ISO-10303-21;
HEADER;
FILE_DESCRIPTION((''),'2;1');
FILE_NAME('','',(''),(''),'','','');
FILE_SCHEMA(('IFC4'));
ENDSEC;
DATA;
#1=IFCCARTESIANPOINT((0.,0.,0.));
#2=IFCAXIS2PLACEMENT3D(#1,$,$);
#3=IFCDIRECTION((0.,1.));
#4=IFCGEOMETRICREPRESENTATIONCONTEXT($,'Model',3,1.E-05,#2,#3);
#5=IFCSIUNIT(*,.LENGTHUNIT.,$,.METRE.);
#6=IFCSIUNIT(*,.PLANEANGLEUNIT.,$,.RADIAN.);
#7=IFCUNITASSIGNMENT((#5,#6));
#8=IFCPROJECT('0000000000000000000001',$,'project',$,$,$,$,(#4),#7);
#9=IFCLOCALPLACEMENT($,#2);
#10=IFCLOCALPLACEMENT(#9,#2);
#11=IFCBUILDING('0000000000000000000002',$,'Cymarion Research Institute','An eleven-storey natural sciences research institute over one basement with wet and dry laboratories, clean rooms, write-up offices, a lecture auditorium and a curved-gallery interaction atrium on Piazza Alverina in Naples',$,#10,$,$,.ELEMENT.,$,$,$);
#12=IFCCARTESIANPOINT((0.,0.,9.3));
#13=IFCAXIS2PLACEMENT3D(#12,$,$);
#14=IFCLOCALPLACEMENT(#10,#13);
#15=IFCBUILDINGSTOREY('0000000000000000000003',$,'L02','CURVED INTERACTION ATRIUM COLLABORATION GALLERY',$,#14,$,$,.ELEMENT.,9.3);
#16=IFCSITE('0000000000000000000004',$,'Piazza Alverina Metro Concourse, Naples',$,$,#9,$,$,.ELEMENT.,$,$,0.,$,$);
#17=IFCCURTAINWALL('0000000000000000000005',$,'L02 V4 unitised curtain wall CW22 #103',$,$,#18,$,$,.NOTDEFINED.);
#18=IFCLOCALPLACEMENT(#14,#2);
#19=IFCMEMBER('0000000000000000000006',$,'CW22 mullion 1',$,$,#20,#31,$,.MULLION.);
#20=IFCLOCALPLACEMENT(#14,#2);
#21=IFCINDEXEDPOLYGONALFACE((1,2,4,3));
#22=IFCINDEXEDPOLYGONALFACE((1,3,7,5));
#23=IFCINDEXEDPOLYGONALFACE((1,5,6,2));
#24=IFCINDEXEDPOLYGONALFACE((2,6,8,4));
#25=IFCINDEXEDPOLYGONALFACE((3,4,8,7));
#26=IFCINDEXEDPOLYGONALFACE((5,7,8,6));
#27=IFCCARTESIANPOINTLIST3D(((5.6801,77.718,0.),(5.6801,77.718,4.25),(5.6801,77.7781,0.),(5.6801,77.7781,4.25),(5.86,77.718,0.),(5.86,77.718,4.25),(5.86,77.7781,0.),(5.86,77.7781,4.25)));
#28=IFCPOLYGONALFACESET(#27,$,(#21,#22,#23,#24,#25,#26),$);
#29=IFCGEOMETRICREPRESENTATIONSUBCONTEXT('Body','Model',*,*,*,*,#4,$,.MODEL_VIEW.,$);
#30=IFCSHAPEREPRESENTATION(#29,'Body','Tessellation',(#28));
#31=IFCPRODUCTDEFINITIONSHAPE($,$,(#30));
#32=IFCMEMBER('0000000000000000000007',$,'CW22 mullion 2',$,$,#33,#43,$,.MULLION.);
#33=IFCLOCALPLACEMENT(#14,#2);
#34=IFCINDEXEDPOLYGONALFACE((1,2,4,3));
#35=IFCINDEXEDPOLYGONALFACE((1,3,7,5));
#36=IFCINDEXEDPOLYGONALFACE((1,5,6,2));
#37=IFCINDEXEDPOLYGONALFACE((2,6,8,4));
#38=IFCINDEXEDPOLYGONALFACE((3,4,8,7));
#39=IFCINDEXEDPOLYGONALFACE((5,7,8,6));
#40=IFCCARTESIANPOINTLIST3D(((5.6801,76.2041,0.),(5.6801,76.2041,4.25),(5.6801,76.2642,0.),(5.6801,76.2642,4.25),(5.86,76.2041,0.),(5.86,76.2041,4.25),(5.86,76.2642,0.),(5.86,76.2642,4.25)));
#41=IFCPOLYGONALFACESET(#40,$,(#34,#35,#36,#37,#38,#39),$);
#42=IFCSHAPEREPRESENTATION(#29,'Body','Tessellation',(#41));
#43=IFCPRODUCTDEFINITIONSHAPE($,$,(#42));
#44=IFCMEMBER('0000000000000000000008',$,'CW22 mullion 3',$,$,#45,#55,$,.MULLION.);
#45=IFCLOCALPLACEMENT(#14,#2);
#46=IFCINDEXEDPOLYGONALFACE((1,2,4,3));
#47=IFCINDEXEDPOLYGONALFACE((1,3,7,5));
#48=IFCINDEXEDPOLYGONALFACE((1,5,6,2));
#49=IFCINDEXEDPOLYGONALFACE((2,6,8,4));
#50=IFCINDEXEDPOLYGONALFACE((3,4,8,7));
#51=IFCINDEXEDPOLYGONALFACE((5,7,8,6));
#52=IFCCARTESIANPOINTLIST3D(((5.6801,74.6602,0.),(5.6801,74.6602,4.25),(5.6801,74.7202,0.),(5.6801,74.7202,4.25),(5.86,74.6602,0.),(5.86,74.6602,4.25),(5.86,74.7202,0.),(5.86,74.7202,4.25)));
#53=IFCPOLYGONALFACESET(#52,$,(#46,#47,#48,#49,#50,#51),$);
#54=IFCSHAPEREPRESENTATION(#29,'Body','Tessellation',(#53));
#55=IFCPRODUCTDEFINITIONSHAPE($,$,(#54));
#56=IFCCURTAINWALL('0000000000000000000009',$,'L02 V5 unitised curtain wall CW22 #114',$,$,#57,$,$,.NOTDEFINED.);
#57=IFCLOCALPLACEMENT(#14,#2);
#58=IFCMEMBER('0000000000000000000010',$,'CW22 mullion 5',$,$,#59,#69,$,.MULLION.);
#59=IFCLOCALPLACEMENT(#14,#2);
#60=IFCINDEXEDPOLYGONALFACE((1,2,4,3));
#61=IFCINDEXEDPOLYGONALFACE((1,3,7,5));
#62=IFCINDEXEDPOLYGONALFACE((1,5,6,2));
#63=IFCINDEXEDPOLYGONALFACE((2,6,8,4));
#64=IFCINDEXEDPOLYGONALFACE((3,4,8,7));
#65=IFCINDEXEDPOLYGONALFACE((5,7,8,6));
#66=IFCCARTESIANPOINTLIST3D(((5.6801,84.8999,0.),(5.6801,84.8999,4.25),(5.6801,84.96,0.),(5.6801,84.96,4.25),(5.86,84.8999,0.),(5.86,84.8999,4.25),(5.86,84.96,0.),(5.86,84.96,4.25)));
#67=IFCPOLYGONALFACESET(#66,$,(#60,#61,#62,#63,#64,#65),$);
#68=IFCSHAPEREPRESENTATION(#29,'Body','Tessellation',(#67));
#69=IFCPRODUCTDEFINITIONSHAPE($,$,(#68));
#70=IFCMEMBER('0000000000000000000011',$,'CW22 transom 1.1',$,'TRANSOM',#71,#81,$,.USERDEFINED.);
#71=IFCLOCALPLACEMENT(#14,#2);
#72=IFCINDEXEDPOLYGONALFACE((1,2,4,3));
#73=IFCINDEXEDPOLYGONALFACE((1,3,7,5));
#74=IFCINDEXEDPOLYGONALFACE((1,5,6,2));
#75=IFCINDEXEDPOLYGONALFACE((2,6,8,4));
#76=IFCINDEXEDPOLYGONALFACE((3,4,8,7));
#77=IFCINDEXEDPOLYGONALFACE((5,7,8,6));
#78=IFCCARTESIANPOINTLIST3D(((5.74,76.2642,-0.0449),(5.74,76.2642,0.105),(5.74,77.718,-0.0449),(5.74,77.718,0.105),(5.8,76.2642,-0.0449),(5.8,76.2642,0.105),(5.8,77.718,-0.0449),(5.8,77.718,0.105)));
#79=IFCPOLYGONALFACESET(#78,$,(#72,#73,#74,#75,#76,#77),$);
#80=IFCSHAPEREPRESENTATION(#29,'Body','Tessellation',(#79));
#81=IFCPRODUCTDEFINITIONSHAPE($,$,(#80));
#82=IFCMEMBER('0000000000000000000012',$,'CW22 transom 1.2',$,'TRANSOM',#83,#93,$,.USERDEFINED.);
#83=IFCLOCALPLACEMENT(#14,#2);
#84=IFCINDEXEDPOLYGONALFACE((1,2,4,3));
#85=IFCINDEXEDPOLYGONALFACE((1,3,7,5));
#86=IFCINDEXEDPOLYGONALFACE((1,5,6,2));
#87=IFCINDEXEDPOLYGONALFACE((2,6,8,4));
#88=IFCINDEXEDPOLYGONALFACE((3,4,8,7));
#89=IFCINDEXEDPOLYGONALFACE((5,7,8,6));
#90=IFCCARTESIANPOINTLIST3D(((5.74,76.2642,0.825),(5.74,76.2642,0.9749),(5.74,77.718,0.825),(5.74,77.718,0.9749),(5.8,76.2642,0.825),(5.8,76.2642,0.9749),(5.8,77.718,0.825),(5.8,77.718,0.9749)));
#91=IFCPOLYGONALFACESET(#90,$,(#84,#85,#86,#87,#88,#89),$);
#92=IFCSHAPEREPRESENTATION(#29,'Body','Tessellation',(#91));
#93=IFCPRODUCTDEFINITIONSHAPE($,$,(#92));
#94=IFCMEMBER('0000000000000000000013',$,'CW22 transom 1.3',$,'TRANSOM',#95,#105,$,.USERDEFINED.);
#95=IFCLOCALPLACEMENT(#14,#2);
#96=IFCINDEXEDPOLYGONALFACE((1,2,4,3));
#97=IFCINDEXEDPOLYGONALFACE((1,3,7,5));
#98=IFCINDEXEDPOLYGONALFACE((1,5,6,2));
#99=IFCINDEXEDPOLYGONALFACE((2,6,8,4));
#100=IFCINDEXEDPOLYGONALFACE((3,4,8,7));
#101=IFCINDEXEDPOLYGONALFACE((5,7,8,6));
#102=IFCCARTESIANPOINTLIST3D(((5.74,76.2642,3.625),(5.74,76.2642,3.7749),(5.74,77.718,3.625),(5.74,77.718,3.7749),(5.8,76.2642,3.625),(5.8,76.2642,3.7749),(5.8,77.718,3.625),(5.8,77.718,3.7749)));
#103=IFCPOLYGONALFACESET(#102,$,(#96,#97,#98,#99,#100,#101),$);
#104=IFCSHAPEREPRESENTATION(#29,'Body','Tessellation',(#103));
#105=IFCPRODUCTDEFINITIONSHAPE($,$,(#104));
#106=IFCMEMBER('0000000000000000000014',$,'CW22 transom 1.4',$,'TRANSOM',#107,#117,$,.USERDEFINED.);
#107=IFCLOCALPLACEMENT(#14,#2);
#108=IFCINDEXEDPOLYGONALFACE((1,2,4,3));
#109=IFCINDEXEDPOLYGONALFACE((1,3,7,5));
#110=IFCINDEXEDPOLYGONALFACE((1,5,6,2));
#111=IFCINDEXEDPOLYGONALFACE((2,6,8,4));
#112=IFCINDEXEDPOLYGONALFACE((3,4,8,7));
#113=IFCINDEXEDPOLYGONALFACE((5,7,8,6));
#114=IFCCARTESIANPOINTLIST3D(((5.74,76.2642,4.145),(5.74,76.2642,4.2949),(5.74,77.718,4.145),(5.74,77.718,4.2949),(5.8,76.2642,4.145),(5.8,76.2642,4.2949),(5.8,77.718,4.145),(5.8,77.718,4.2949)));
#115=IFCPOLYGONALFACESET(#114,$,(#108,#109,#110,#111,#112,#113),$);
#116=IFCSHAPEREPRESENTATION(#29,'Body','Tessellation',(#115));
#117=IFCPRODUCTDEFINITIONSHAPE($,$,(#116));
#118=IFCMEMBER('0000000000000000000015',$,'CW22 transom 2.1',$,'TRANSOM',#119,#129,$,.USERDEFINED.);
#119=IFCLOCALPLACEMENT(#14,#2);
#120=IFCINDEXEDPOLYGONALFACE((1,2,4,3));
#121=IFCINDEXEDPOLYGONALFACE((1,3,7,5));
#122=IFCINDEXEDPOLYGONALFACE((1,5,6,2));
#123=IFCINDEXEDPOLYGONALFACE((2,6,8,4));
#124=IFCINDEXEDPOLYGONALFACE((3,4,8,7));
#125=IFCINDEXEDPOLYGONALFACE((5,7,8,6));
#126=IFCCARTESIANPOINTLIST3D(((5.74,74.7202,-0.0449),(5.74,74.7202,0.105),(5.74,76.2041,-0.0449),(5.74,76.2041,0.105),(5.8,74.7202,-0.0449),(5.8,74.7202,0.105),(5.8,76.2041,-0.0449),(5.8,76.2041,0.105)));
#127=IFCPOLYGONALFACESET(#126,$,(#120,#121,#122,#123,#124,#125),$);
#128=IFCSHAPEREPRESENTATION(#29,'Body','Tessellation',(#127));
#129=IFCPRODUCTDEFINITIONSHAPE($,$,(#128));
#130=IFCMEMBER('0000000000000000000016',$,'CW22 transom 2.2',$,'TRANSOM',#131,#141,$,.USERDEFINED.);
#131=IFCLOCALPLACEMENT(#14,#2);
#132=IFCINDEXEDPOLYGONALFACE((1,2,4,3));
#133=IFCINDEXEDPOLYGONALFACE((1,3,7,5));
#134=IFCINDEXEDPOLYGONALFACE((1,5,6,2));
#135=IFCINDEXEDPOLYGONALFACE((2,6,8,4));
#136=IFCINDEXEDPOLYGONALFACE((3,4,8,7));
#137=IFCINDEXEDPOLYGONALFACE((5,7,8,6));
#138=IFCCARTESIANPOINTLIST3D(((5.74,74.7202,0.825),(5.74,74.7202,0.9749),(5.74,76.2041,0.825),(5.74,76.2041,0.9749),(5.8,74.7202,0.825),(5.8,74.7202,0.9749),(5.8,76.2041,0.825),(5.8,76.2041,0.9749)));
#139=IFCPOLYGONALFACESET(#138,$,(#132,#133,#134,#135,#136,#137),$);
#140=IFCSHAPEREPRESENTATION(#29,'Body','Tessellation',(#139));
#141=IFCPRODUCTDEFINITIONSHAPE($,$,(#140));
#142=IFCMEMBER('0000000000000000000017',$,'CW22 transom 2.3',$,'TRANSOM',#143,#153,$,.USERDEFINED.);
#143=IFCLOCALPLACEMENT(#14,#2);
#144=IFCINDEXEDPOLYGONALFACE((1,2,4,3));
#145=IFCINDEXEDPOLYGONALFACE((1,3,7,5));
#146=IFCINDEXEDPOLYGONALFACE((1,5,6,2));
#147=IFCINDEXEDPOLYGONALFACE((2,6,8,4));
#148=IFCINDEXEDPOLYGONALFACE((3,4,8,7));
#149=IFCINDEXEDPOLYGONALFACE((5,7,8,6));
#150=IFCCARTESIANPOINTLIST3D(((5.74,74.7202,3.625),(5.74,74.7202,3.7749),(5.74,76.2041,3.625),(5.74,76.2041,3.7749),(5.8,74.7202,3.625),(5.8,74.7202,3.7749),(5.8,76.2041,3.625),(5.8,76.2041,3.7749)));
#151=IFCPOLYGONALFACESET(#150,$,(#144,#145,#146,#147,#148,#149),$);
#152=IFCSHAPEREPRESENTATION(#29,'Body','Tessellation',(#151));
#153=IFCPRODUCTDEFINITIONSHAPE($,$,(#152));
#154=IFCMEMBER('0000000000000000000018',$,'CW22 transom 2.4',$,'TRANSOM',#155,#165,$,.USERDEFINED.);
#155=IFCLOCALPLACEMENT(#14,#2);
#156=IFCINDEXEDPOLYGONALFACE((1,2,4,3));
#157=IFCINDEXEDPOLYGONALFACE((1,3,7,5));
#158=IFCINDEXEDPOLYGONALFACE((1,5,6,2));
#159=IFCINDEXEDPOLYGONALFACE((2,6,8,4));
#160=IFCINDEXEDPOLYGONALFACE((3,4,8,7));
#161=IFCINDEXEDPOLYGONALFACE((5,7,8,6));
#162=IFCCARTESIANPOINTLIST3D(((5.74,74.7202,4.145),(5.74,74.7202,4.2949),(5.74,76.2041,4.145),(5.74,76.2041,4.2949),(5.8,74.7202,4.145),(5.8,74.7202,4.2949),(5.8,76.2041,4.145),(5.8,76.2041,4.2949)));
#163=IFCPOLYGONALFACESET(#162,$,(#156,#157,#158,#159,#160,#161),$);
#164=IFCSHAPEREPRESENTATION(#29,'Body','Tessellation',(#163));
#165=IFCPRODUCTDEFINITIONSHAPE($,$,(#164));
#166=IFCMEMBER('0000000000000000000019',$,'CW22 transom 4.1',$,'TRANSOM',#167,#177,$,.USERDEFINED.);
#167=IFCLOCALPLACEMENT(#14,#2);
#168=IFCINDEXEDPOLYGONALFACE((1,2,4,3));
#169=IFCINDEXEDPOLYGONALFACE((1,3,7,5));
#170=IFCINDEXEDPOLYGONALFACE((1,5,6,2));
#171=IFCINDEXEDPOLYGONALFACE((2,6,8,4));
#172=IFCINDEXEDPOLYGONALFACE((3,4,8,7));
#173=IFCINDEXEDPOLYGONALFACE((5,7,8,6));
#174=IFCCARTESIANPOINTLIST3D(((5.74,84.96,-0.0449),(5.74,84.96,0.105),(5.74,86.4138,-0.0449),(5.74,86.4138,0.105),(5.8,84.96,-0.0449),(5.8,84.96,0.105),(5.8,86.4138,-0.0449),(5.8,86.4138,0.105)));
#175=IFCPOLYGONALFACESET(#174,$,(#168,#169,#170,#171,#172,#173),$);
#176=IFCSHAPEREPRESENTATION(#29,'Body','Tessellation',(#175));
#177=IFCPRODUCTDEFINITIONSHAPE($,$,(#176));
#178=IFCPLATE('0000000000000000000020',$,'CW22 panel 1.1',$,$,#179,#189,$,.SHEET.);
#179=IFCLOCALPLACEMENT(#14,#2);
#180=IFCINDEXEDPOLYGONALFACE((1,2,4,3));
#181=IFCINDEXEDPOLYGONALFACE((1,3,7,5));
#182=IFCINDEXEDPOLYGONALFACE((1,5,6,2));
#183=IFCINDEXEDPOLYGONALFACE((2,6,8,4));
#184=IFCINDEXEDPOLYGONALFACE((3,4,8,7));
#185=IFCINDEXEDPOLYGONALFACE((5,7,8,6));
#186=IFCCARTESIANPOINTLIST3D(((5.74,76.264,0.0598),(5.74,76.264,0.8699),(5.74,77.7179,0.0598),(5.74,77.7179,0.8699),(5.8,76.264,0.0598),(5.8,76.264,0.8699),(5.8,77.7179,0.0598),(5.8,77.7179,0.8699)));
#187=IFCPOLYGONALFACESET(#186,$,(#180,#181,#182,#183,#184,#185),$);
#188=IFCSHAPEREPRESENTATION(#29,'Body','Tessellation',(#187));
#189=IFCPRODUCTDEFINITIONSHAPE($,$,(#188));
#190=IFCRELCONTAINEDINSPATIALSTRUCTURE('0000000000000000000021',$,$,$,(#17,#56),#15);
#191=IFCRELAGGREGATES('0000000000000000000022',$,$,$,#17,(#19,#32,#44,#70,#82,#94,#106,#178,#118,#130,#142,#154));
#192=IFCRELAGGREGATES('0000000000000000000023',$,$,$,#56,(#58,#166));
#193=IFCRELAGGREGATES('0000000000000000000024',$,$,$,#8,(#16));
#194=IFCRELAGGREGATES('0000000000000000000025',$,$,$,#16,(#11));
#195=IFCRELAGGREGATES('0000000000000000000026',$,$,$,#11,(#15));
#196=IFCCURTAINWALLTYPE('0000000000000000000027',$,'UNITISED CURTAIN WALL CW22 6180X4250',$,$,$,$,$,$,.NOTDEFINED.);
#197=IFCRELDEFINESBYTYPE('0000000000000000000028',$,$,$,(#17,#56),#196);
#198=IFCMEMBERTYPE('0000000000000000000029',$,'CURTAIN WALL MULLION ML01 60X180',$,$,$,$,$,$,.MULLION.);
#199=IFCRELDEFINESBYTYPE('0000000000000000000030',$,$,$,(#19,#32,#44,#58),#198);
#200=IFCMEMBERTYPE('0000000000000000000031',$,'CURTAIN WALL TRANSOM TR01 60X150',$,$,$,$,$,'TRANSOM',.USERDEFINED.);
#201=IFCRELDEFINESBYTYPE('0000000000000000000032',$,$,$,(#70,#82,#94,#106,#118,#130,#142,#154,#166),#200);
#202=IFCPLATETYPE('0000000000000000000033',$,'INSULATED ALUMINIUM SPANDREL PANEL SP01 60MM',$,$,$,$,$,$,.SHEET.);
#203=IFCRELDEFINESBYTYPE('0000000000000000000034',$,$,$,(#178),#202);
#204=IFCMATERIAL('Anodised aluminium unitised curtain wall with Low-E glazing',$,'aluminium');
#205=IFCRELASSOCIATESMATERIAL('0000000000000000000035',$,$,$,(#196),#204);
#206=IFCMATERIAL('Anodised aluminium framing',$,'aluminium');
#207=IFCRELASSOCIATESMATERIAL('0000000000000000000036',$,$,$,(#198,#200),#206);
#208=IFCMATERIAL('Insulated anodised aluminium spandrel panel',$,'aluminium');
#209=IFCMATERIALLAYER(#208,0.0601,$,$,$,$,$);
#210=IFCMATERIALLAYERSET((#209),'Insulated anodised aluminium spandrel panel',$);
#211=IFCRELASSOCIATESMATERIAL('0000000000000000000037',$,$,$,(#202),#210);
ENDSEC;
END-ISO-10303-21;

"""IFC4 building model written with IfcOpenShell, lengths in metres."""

from ifc_helpers import new_model, si_unit, direction, frame, origin, origin_2d, place, context, subcontext, project, spatial, rectangle, extrude, material, layer, layer_set, material_profile, profile_set, type_object, element, aggregate, save


model = new_model("IFC4")

# Units and contexts
model_context = context("Model", 3, precision=1e-05, world=origin(), true_north=direction((0.0, 1.0)))
body_context = subcontext(model_context, "Body", "Model", "MODEL_VIEW")
ifc_project = project(units=[si_unit("LENGTHUNIT", "METRE"), si_unit("PLANEANGLEUNIT", "RADIAN")], contexts=[model_context])

# Site, building, storey
site_placement = place(None, origin())
site = spatial("IfcSite", under=ifc_project, at=site_placement, Name="Piazza Alverina Metro Concourse, Naples", CompositionType="ELEMENT", RefElevation=0.0)
building_placement = place(site_placement, origin())
building = spatial("IfcBuilding", under=site, at=building_placement, Name="Cymarion Research Institute", Description="An eleven-storey natural sciences research institute over one basement with wet and dry laboratories, clean rooms, write-up offices, a lecture auditorium and a curved-gallery interaction atrium on Piazza Alverina in Naples", CompositionType="ELEMENT")
storey_placement = place(building_placement, frame((0.0, 0.0, 9.3)))
storey = spatial("IfcBuildingStorey", under=building, at=storey_placement, Name="L02", Description="CURVED INTERACTION ATRIUM COLLABORATION GALLERY", CompositionType="ELEMENT", Elevation=9.3)

# Curtain wall, members
ifc_material_1 = material(Name="Anodised aluminium unitised curtain wall with Low-E glazing", Category="aluminium")
curtain_wall_type = type_object("IfcCurtainWallType", Name="UNITISED CURTAIN WALL CW22 6180X4250", PredefinedType="NOTDEFINED", material=ifc_material_1)
curtain_wall_1_placement = place(storey_placement, origin())
curtain_wall_1 = element("IfcCurtainWall", 1, at=curtain_wall_1_placement, inside=storey, type_object=curtain_wall_type, Name="L02 V4 unitised curtain wall CW22 #103", PredefinedType="NOTDEFINED")
ifc_material_2 = material(Name="Anodised aluminium framing", Category="aluminium")
ifc_material_profile_1 = material_profile(ifc_material_2, rectangle(XDim=0.0601, YDim=0.1799, at=origin_2d()), Name="ALU MULLION 60x180")
ifc_profile_set_1 = profile_set([ifc_material_profile_1], Name="Anodised aluminium framing")
member_type_1 = type_object("IfcMemberType", Name="CURTAIN WALL MULLION ML01 60X180", PredefinedType="MULLION", material=ifc_profile_set_1)
member_1_placement = place(storey_placement, frame((5.77, 77.748, 0.0), z_axis=(0.0, 0.0, 1.0), x_axis=(0.0, -1.0, 0.0)))
member_1 = element("IfcMember", 2, at=member_1_placement, type_object=member_type_1, Name="CW22 mullion 1", PredefinedType="MULLION", context=body_context, shape_type="SweptSolid", body=[
    extrude(rectangle(XDim=0.0601, YDim=0.1799, at=origin_2d()), origin(), (0.0, 0.0, 1.0), 4.25),
])
member_2_placement = place(storey_placement, frame((5.77, 76.2341, 0.0), z_axis=(0.0, 0.0, 1.0), x_axis=(0.0, -1.0, 0.0)))
member_2 = element("IfcMember", 3, at=member_2_placement, type_object=member_type_1, Name="CW22 mullion 2", PredefinedType="MULLION", context=body_context, shape_type="SweptSolid", body=[
    extrude(rectangle(XDim=0.0601, YDim=0.1799, at=origin_2d()), origin(), (0.0, 0.0, 1.0), 4.25),
])
member_3_placement = place(storey_placement, frame((5.77, 74.6902, 0.0), z_axis=(0.0, 0.0, 1.0), x_axis=(0.0, -1.0, 0.0)))
member_3 = element("IfcMember", 4, at=member_3_placement, type_object=member_type_1, Name="CW22 mullion 3", PredefinedType="MULLION", context=body_context, shape_type="SweptSolid", body=[
    extrude(rectangle(XDim=0.0601, YDim=0.1799, at=origin_2d()), origin(), (0.0, 0.0, 1.0), 4.25),
])

# Curtain wall, member
curtain_wall_2_placement = place(storey_placement, origin())
curtain_wall_2 = element("IfcCurtainWall", 5, at=curtain_wall_2_placement, inside=storey, type_object=curtain_wall_type, Name="L02 V5 unitised curtain wall CW22 #114", PredefinedType="NOTDEFINED")
member_4_placement = place(storey_placement, frame((5.77, 84.9299, 0.0), z_axis=(0.0, 0.0, 1.0), x_axis=(0.0, -1.0, 0.0)))
member_4 = element("IfcMember", 6, at=member_4_placement, type_object=member_type_1, Name="CW22 mullion 5", PredefinedType="MULLION", context=body_context, shape_type="SweptSolid", body=[
    extrude(rectangle(XDim=0.0601, YDim=0.1799, at=origin_2d()), origin(), (0.0, 0.0, 1.0), 4.25),
])

# Members
ifc_material_profile_2 = material_profile(ifc_material_2, rectangle(XDim=0.0601, YDim=0.1499, at=origin_2d()), Name="ALU TRANSOM 60x150")
ifc_profile_set_2 = profile_set([ifc_material_profile_2], Name="Anodised aluminium framing")
member_type_2 = type_object("IfcMemberType", Name="CURTAIN WALL TRANSOM TR01 60X150", ElementType="TRANSOM", PredefinedType="USERDEFINED", material=ifc_profile_set_2)
member_5_placement = place(storey_placement, frame((5.77, 77.718, 0.03), z_axis=(0.0, -1.0, 0.0), x_axis=(1.0, 0.0, 0.0)))
member_5 = element("IfcMember", 7, at=member_5_placement, type_object=member_type_2, Name="CW22 transom 1.1", ObjectType="TRANSOM", PredefinedType="USERDEFINED", context=body_context, shape_type="SweptSolid", body=[
    extrude(rectangle(XDim=0.0601, YDim=0.1499, at=origin_2d()), origin(), (0.0, 0.0, 1.0), 1.4539),
])
member_6_placement = place(storey_placement, frame((5.77, 77.718, 0.8999), z_axis=(0.0, -1.0, 0.0), x_axis=(1.0, 0.0, 0.0)))
member_6 = element("IfcMember", 8, at=member_6_placement, type_object=member_type_2, Name="CW22 transom 1.2", ObjectType="TRANSOM", PredefinedType="USERDEFINED", context=body_context, shape_type="SweptSolid", body=[
    extrude(rectangle(XDim=0.0601, YDim=0.1499, at=origin_2d()), origin(), (0.0, 0.0, 1.0), 1.4539),
])
member_7_placement = place(storey_placement, frame((5.77, 77.718, 3.7), z_axis=(0.0, -1.0, 0.0), x_axis=(1.0, 0.0, 0.0)))
member_7 = element("IfcMember", 9, at=member_7_placement, type_object=member_type_2, Name="CW22 transom 1.3", ObjectType="TRANSOM", PredefinedType="USERDEFINED", context=body_context, shape_type="SweptSolid", body=[
    extrude(rectangle(XDim=0.0601, YDim=0.1499, at=origin_2d()), origin(), (0.0, 0.0, 1.0), 1.4539),
])
member_8_placement = place(storey_placement, frame((5.77, 77.718, 4.22), z_axis=(0.0, -1.0, 0.0), x_axis=(1.0, 0.0, 0.0)))
member_8 = element("IfcMember", 10, at=member_8_placement, type_object=member_type_2, Name="CW22 transom 1.4", ObjectType="TRANSOM", PredefinedType="USERDEFINED", context=body_context, shape_type="SweptSolid", body=[
    extrude(rectangle(XDim=0.0601, YDim=0.1499, at=origin_2d()), origin(), (0.0, 0.0, 1.0), 1.4539),
])
member_9_placement = place(storey_placement, frame((5.77, 76.2041, 0.03), z_axis=(0.0, -1.0, 0.0), x_axis=(1.0, 0.0, 0.0)))
member_9 = element("IfcMember", 11, at=member_9_placement, type_object=member_type_2, Name="CW22 transom 2.1", ObjectType="TRANSOM", PredefinedType="USERDEFINED", context=body_context, shape_type="SweptSolid", body=[
    extrude(rectangle(XDim=0.0601, YDim=0.1499, at=origin_2d()), origin(), (0.0, 0.0, 1.0), 1.4839),
])
member_10_placement = place(storey_placement, frame((5.77, 76.2041, 0.8999), z_axis=(0.0, -1.0, 0.0), x_axis=(1.0, 0.0, 0.0)))
member_10 = element("IfcMember", 12, at=member_10_placement, type_object=member_type_2, Name="CW22 transom 2.2", ObjectType="TRANSOM", PredefinedType="USERDEFINED", context=body_context, shape_type="SweptSolid", body=[
    extrude(rectangle(XDim=0.0601, YDim=0.1499, at=origin_2d()), origin(), (0.0, 0.0, 1.0), 1.4839),
])
member_11_placement = place(storey_placement, frame((5.77, 76.2041, 3.7), z_axis=(0.0, -1.0, 0.0), x_axis=(1.0, 0.0, 0.0)))
member_11 = element("IfcMember", 13, at=member_11_placement, type_object=member_type_2, Name="CW22 transom 2.3", ObjectType="TRANSOM", PredefinedType="USERDEFINED", context=body_context, shape_type="SweptSolid", body=[
    extrude(rectangle(XDim=0.0601, YDim=0.1499, at=origin_2d()), origin(), (0.0, 0.0, 1.0), 1.4839),
])
member_12_placement = place(storey_placement, frame((5.77, 76.2041, 4.22), z_axis=(0.0, -1.0, 0.0), x_axis=(1.0, 0.0, 0.0)))
member_12 = element("IfcMember", 14, at=member_12_placement, type_object=member_type_2, Name="CW22 transom 2.4", ObjectType="TRANSOM", PredefinedType="USERDEFINED", context=body_context, shape_type="SweptSolid", body=[
    extrude(rectangle(XDim=0.0601, YDim=0.1499, at=origin_2d()), origin(), (0.0, 0.0, 1.0), 1.4839),
])
member_13_placement = place(storey_placement, frame((5.77, 86.4138, 0.03), z_axis=(0.0, -1.0, 0.0), x_axis=(1.0, 0.0, 0.0)))
member_13 = element("IfcMember", 15, at=member_13_placement, type_object=member_type_2, Name="CW22 transom 4.1", ObjectType="TRANSOM", PredefinedType="USERDEFINED", context=body_context, shape_type="SweptSolid", body=[
    extrude(rectangle(XDim=0.0601, YDim=0.1499, at=origin_2d()), origin(), (0.0, 0.0, 1.0), 1.4539),
])

# Plate
ifc_material_3 = material(Name="Insulated anodised aluminium spandrel panel", Category="aluminium")
ifc_layer_1 = layer(ifc_material_3, 0.0601)
ifc_layer_set_1 = layer_set([ifc_layer_1], Name="Insulated anodised aluminium spandrel panel")
plate_type_1 = type_object("IfcPlateType", Name="INSULATED ALUMINIUM SPANDREL PANEL SP01 60MM", PredefinedType="SHEET", material=ifc_layer_set_1)
plate_1_placement = place(storey_placement, frame((5.77, 76.991, 0.0598), z_axis=(0.0, 0.0, 1.0), x_axis=(0.0, -1.0, 0.0)))
plate_1 = element("IfcPlate", 16, at=plate_1_placement, type_object=plate_type_1, Name="CW22 panel 1.1", PredefinedType="SHEET", context=body_context, shape_type="SweptSolid", body=[
    extrude(rectangle(XDim=1.4539, YDim=0.0601, at=origin_2d()), origin(), (0.0, 0.0, 1.0), 0.8101),
])
aggregate(curtain_wall_1, [member_1, member_2, member_3, member_5, member_6, member_7, member_8, plate_1, member_9, member_10, member_11, member_12])
aggregate(curtain_wall_2, [member_4, member_13])

save(model, "model.ifc")
